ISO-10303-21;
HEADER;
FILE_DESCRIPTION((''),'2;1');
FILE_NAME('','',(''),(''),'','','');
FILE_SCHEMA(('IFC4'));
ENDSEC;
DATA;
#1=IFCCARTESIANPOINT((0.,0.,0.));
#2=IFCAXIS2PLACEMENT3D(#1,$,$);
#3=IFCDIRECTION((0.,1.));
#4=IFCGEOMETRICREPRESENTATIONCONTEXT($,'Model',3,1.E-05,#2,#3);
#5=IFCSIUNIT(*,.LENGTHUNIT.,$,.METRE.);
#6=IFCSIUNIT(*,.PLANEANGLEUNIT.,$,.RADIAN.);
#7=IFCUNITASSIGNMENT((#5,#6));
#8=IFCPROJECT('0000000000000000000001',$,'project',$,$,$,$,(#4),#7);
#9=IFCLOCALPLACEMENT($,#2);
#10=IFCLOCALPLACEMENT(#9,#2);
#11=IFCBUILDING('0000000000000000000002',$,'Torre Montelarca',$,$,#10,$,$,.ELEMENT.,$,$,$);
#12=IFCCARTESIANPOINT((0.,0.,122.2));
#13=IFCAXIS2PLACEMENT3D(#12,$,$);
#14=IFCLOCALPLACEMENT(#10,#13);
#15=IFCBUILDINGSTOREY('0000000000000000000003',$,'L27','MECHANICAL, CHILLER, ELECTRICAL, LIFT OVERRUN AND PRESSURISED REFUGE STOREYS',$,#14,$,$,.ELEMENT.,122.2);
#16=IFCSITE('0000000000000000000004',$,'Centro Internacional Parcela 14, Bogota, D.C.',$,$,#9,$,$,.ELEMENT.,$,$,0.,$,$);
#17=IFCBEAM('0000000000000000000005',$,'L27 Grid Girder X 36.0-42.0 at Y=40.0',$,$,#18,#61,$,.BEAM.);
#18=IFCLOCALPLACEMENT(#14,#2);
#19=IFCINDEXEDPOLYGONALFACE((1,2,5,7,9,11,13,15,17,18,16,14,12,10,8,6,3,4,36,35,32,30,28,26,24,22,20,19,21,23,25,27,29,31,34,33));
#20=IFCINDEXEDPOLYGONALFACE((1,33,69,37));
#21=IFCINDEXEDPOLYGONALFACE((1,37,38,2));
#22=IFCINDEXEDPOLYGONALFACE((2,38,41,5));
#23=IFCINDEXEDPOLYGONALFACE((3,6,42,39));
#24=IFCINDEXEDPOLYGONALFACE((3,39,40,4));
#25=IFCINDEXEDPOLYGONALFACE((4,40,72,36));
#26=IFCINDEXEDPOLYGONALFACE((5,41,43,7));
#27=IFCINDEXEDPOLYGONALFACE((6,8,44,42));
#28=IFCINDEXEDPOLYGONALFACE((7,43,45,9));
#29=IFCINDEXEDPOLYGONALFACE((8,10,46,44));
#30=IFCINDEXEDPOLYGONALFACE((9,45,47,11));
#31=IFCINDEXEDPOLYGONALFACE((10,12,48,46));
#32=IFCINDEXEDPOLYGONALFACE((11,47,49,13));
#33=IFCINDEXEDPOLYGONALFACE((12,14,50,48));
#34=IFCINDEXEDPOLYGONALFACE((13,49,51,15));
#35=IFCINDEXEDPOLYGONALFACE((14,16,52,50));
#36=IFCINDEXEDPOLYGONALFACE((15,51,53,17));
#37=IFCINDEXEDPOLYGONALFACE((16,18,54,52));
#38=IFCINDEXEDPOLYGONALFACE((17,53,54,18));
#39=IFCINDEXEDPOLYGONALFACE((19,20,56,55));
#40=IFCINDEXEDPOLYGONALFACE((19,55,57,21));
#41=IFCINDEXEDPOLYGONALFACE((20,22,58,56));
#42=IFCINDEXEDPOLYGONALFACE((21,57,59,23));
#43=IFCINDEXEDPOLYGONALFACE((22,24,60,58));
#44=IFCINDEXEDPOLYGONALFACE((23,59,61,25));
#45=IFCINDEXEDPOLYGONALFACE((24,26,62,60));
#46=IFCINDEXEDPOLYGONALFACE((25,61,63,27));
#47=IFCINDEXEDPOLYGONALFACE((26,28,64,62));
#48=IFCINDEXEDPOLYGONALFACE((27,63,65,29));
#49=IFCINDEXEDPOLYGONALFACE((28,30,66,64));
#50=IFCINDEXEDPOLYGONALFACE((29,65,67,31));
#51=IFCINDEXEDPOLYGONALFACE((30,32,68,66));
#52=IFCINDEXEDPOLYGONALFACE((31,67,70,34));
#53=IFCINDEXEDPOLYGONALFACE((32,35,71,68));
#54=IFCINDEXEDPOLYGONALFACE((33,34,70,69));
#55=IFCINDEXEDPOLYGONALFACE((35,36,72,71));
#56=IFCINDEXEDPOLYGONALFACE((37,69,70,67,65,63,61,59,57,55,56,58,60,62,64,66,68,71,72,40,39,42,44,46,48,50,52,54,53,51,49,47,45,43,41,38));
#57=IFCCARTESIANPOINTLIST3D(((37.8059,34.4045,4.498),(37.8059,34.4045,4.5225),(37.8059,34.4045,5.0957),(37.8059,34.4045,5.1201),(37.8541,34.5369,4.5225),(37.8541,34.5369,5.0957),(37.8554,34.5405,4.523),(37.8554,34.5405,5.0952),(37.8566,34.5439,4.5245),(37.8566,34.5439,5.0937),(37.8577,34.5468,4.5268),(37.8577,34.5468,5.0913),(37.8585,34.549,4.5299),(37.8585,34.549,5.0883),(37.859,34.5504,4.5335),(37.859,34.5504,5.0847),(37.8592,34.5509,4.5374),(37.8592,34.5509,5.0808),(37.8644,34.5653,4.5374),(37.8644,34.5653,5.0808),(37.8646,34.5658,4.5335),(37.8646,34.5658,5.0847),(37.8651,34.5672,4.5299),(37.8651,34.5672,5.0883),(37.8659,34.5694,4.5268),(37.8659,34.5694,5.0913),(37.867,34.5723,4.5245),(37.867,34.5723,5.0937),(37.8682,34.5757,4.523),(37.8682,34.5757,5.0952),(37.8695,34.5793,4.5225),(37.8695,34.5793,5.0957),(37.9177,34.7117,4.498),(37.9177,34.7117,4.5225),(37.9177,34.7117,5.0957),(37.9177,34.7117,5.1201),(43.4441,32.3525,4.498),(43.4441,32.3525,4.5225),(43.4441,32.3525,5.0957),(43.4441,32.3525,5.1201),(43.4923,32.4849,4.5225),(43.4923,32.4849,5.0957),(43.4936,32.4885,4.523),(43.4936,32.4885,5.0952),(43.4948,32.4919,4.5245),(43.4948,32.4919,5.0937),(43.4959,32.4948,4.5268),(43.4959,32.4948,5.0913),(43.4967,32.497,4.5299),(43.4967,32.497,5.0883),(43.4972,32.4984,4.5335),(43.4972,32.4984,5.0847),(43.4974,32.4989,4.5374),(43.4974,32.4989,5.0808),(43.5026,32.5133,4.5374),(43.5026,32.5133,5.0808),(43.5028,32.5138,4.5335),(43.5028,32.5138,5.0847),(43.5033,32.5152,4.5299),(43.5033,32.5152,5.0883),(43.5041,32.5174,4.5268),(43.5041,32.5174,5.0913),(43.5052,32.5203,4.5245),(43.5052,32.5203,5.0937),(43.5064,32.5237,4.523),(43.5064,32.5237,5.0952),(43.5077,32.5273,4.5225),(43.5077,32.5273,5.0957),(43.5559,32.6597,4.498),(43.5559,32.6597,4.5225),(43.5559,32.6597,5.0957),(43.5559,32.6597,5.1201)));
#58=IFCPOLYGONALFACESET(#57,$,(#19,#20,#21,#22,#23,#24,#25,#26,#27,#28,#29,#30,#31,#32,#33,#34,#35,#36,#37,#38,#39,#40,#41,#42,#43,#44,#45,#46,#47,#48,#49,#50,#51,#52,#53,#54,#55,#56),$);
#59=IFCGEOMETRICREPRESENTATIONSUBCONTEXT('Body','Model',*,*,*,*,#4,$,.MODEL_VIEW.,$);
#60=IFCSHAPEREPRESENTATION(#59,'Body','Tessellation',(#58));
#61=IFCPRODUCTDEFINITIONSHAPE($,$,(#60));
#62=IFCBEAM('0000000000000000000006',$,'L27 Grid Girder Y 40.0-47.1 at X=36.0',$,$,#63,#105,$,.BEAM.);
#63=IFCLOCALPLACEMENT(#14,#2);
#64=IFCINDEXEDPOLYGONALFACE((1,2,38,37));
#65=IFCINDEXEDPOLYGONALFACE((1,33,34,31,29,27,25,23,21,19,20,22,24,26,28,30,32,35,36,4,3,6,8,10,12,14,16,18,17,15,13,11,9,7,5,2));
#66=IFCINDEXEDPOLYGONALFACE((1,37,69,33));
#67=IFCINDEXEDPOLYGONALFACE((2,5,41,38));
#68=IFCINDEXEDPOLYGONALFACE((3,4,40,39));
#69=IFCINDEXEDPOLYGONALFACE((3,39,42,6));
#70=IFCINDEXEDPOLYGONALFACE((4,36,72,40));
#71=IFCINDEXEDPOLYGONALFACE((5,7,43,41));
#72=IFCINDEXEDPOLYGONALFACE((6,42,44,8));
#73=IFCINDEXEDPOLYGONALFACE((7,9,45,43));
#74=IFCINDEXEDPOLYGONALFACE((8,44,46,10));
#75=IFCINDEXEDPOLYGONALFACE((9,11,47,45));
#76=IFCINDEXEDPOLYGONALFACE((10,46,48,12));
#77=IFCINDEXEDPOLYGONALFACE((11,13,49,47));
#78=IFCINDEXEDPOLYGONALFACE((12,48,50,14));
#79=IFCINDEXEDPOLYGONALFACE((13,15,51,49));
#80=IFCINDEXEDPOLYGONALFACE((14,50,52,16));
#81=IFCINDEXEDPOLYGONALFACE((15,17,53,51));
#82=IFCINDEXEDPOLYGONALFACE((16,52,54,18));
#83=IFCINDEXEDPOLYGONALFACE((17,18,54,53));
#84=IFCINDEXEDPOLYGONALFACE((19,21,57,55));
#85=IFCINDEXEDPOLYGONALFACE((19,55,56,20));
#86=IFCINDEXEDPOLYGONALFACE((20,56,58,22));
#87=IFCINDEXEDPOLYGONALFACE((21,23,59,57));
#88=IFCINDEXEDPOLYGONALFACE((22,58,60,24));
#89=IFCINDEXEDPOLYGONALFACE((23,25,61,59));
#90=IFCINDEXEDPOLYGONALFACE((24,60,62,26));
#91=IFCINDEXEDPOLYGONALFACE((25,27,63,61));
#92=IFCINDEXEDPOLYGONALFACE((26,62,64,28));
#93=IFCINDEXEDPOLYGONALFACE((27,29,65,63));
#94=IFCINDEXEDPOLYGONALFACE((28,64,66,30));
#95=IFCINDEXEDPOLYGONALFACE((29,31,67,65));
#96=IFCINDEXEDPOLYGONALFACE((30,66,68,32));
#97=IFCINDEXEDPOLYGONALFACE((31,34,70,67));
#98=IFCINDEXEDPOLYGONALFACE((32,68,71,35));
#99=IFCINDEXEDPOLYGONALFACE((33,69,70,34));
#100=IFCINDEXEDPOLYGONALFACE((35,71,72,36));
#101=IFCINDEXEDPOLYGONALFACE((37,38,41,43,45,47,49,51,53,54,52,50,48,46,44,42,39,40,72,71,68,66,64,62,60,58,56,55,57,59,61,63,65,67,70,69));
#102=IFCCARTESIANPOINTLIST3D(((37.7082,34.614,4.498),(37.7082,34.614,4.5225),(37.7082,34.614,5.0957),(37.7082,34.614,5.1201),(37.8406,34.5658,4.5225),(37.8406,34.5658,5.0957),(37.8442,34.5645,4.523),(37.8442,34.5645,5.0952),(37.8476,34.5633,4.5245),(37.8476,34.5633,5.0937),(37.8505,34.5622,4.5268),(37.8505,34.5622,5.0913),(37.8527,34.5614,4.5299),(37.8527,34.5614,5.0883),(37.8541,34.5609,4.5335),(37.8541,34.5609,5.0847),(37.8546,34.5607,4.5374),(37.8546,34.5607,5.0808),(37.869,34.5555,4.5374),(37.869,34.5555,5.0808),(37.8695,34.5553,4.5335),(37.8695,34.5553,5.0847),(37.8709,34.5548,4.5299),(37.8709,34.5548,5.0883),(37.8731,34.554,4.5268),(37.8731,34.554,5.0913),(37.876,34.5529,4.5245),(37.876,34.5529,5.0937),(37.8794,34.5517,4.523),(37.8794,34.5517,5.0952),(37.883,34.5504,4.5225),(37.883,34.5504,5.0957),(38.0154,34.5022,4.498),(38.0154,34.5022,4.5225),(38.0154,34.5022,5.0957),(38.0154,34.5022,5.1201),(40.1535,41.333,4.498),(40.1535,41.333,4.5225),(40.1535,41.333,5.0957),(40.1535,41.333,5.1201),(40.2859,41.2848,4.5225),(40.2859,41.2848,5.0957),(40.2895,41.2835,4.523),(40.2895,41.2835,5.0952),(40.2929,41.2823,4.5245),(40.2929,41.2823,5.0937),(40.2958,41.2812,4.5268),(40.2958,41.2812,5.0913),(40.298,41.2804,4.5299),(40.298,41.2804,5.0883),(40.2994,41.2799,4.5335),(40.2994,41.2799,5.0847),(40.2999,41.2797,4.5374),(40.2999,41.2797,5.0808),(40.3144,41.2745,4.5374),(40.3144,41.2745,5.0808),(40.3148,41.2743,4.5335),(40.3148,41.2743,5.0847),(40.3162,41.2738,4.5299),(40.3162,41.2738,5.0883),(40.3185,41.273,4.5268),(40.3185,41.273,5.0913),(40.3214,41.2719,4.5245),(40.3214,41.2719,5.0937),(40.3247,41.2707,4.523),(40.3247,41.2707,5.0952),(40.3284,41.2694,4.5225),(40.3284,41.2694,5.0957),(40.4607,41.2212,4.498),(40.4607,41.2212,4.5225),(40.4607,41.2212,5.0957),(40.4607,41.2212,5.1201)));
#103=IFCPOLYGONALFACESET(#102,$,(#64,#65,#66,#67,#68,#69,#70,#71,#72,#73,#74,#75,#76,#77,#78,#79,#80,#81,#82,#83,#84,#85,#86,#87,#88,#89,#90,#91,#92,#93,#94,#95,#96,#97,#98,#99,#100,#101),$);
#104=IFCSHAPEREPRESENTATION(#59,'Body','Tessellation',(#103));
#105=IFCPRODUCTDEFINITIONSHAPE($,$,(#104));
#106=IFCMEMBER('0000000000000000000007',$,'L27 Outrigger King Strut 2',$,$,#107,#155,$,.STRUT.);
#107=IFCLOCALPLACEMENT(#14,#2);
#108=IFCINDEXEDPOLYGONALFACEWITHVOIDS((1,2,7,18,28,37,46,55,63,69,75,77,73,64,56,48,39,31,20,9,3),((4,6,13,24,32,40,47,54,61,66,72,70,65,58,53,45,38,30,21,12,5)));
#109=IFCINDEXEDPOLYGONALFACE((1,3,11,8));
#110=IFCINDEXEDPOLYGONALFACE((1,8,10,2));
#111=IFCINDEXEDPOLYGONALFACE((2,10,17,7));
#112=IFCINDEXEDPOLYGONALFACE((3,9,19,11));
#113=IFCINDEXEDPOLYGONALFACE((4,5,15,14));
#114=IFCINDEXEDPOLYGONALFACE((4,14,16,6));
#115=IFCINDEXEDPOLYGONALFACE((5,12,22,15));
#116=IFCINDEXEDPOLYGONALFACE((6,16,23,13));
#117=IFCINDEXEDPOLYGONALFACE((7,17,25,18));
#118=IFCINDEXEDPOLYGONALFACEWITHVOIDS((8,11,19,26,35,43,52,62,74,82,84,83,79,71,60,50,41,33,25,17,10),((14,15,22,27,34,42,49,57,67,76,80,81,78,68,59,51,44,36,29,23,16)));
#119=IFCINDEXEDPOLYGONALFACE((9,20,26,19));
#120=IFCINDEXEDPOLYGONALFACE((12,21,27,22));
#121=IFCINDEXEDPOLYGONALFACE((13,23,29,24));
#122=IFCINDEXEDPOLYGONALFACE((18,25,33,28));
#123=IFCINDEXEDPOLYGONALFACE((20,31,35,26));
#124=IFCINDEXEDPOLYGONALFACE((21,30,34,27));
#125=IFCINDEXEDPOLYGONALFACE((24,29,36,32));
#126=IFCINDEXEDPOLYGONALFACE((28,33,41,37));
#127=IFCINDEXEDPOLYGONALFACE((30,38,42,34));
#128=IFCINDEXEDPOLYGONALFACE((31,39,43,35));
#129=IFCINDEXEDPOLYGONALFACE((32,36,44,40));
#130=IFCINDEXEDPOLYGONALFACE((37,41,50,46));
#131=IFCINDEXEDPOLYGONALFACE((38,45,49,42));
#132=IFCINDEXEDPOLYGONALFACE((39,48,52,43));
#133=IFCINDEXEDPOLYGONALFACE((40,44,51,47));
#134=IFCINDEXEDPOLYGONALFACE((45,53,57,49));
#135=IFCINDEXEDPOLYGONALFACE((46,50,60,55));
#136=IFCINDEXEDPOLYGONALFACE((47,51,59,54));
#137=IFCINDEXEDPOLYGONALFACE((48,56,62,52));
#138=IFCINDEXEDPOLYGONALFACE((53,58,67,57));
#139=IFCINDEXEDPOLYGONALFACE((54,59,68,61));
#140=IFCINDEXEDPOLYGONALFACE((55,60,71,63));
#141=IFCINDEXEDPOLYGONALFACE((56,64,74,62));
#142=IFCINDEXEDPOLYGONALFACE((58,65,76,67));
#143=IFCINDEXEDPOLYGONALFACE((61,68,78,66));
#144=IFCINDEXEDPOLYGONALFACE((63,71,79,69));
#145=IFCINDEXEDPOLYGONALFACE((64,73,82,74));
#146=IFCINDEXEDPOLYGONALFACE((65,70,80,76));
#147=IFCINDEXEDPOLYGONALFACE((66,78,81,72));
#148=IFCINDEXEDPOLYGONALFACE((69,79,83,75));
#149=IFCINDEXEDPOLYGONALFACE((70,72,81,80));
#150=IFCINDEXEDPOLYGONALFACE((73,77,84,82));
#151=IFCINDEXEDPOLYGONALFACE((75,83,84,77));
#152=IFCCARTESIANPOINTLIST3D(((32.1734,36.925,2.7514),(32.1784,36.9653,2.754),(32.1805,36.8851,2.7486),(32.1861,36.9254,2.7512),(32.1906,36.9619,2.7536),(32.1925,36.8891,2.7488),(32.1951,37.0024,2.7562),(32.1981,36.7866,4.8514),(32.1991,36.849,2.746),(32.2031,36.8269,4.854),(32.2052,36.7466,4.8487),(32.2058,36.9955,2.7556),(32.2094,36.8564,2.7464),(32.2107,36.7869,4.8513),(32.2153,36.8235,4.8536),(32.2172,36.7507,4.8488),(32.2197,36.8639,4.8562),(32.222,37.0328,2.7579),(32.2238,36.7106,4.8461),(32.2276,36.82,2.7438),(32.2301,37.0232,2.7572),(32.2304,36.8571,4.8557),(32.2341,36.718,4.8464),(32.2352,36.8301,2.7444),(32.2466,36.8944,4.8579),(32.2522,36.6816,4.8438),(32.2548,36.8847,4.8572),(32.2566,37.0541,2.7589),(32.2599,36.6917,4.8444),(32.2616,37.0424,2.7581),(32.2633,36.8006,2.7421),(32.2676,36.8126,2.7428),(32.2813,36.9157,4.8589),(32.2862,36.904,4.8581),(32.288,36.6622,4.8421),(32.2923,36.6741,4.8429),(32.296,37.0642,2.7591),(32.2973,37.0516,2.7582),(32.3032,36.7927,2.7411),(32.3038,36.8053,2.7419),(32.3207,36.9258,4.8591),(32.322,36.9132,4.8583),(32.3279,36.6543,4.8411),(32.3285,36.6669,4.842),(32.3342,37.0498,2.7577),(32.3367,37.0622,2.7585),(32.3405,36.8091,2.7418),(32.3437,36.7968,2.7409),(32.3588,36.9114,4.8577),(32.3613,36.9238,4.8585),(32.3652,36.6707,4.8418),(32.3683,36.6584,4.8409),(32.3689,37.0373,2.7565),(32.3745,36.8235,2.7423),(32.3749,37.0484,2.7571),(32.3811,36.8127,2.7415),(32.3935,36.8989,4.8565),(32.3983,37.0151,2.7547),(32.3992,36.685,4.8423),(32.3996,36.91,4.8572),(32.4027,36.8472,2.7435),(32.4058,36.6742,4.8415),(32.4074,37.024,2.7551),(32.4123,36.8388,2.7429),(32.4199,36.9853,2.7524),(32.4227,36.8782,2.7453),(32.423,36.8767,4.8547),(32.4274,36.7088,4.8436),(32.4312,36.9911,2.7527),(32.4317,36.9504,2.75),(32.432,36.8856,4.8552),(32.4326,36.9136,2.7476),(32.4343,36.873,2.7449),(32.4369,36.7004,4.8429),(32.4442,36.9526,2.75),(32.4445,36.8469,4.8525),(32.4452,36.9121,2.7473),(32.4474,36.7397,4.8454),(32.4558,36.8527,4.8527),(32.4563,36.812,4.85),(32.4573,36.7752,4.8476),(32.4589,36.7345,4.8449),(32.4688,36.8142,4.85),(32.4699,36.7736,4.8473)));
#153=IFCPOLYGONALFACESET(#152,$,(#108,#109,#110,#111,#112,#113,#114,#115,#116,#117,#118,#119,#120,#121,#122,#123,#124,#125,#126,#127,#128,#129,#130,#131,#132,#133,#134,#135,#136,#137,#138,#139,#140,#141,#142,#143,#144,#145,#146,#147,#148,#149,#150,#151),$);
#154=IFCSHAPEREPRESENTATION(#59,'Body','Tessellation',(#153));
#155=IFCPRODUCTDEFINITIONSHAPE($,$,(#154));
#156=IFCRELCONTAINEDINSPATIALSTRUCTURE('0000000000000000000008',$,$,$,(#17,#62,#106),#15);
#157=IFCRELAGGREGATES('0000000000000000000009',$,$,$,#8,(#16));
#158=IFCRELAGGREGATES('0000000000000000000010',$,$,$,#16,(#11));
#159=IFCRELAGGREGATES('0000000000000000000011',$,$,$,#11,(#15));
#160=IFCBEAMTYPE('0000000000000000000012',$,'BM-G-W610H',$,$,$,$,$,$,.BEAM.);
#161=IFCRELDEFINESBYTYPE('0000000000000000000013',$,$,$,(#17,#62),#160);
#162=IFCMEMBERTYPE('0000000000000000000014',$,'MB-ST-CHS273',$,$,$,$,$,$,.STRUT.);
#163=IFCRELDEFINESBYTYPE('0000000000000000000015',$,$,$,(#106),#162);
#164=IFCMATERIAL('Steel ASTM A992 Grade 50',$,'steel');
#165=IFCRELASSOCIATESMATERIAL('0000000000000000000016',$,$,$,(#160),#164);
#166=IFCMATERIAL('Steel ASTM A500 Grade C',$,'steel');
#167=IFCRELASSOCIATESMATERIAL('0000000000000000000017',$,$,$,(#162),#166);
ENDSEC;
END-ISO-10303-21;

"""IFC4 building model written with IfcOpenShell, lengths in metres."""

from ifc_helpers import new_model, si_unit, direction, frame, origin, origin_2d, place, context, subcontext, project, spatial, hollow_circle, i_section, extrude, source, transform, mapped, material, material_profile, profile_set, type_object, element, save


model = new_model("IFC4")

# Units and contexts
model_context = context("Model", 3, precision=1e-05, world=origin(), true_north=direction((0.0, 1.0)))
body_context = subcontext(model_context, "Body", "Model", "MODEL_VIEW")
ifc_project = project(units=[si_unit("LENGTHUNIT", "METRE"), si_unit("PLANEANGLEUNIT", "RADIAN")], contexts=[model_context])

# Site, building, storey
site_placement = place(None, origin())
site = spatial("IfcSite", under=ifc_project, at=site_placement, Name="Centro Internacional Parcela 14, Bogota, D.C.", CompositionType="ELEMENT", RefElevation=0.0)
building_placement = place(site_placement, origin())
building = spatial("IfcBuilding", under=site, at=building_placement, Name="Torre Montelarca", CompositionType="ELEMENT")
storey_placement = place(building_placement, frame((0.0, 0.0, 122.2)))
storey = spatial("IfcBuildingStorey", under=building, at=storey_placement, Name="L27", Description="MECHANICAL, CHILLER, ELECTRICAL, LIFT OVERRUN AND PRESSURISED REFUGE STOREYS", CompositionType="ELEMENT", Elevation=122.2)

# Beams
ifc_material_1 = material(Name="Steel ASTM A992 Grade 50", Category="steel")
ifc_material_profile_1 = material_profile(ifc_material_1, i_section(OverallWidth=0.3269, OverallDepth=0.6221, WebThickness=0.0154, FlangeThickness=0.0244, FilletRadius=0.0149, at=origin_2d()), Name="W610X195", Category="steel")
ifc_profile_set_1 = profile_set([ifc_material_profile_1], Name="Steel ASTM A992 Grade 50")
beam_type = type_object("IfcBeamType", Name="BM-G-W610H", PredefinedType="BEAM", material=ifc_profile_set_1)
shared_shape_1 = source(origin(), body_context, "Body", "SweptSolid", [
    extrude(i_section(OverallWidth=0.3269, OverallDepth=0.6221, WebThickness=0.0154, FlangeThickness=0.0244, FilletRadius=0.0149, at=origin_2d()), origin(), (0.0, 0.0, 1.0), 6.0),
])
beam_1_placement = place(storey_placement, frame((37.8618, 34.5581, 4.8091), z_axis=(0.9397, -0.342001, 0.0), x_axis=(0.342001, 0.9397, 0.0)))
element("IfcBeam", 1, at=beam_1_placement, inside=storey, type_object=beam_type, Name="L27 Grid Girder X 36.0-42.0 at Y=40.0", PredefinedType="BEAM", context=body_context, shape_type="MappedRepresentation", body=[
    mapped(shared_shape_1, transform((0.0, 0.0, 0.0), scale=1.0)),
])
shared_shape_2 = source(origin(), body_context, "Body", "SweptSolid", [
    extrude(i_section(OverallWidth=0.3269, OverallDepth=0.6221, WebThickness=0.0154, FlangeThickness=0.0244, FilletRadius=0.0149, at=origin_2d()), origin(), (0.0, 0.0, 1.0), 7.1501),
])
beam_2_placement = place(storey_placement, frame((37.8618, 34.5581, 4.8091), z_axis=(0.341995, 0.939702, 0.0), x_axis=(-0.939702, 0.341995, 0.0)))
element("IfcBeam", 2, at=beam_2_placement, inside=storey, type_object=beam_type, Name="L27 Grid Girder Y 40.0-47.1 at X=36.0", PredefinedType="BEAM", context=body_context, shape_type="MappedRepresentation", body=[
    mapped(shared_shape_2, transform((0.0, 0.0, 0.0), scale=1.0)),
])

# Member
ifc_material_2 = material(Name="Steel ASTM A500 Grade C", Category="steel")
ifc_material_profile_2 = material_profile(ifc_material_2, hollow_circle(Radius=0.1365, WallThickness=0.0127, at=origin_2d()), Name="HSS273.1X12.7", Category="steel")
ifc_profile_set_2 = profile_set([ifc_material_profile_2], Name="Steel ASTM A500 Grade C")
member_type_1 = type_object("IfcMemberType", Name="MB-ST-CHS273", PredefinedType="STRUT", material=ifc_profile_set_2)
shared_shape_3 = source(origin(), body_context, "Body", "SweptSolid", [
    extrude(hollow_circle(Radius=0.1365, WallThickness=0.0127, at=origin_2d()), origin(), (0.0, 0.0, 1.0), 2.1047),
])
member_1_placement = place(storey_placement, frame((32.3098, 36.9287, 2.75), z_axis=(0.011715, -0.065768, 0.997766), x_axis=(0.984503, 0.17537, 0.0)))
element("IfcMember", 3, at=member_1_placement, inside=storey, type_object=member_type_1, Name="L27 Outrigger King Strut 2", PredefinedType="STRUT", context=body_context, shape_type="MappedRepresentation", body=[
    mapped(shared_shape_3, transform((0.0, 0.0, 0.0), scale=1.0)),
])

save(model, "model.ifc")
